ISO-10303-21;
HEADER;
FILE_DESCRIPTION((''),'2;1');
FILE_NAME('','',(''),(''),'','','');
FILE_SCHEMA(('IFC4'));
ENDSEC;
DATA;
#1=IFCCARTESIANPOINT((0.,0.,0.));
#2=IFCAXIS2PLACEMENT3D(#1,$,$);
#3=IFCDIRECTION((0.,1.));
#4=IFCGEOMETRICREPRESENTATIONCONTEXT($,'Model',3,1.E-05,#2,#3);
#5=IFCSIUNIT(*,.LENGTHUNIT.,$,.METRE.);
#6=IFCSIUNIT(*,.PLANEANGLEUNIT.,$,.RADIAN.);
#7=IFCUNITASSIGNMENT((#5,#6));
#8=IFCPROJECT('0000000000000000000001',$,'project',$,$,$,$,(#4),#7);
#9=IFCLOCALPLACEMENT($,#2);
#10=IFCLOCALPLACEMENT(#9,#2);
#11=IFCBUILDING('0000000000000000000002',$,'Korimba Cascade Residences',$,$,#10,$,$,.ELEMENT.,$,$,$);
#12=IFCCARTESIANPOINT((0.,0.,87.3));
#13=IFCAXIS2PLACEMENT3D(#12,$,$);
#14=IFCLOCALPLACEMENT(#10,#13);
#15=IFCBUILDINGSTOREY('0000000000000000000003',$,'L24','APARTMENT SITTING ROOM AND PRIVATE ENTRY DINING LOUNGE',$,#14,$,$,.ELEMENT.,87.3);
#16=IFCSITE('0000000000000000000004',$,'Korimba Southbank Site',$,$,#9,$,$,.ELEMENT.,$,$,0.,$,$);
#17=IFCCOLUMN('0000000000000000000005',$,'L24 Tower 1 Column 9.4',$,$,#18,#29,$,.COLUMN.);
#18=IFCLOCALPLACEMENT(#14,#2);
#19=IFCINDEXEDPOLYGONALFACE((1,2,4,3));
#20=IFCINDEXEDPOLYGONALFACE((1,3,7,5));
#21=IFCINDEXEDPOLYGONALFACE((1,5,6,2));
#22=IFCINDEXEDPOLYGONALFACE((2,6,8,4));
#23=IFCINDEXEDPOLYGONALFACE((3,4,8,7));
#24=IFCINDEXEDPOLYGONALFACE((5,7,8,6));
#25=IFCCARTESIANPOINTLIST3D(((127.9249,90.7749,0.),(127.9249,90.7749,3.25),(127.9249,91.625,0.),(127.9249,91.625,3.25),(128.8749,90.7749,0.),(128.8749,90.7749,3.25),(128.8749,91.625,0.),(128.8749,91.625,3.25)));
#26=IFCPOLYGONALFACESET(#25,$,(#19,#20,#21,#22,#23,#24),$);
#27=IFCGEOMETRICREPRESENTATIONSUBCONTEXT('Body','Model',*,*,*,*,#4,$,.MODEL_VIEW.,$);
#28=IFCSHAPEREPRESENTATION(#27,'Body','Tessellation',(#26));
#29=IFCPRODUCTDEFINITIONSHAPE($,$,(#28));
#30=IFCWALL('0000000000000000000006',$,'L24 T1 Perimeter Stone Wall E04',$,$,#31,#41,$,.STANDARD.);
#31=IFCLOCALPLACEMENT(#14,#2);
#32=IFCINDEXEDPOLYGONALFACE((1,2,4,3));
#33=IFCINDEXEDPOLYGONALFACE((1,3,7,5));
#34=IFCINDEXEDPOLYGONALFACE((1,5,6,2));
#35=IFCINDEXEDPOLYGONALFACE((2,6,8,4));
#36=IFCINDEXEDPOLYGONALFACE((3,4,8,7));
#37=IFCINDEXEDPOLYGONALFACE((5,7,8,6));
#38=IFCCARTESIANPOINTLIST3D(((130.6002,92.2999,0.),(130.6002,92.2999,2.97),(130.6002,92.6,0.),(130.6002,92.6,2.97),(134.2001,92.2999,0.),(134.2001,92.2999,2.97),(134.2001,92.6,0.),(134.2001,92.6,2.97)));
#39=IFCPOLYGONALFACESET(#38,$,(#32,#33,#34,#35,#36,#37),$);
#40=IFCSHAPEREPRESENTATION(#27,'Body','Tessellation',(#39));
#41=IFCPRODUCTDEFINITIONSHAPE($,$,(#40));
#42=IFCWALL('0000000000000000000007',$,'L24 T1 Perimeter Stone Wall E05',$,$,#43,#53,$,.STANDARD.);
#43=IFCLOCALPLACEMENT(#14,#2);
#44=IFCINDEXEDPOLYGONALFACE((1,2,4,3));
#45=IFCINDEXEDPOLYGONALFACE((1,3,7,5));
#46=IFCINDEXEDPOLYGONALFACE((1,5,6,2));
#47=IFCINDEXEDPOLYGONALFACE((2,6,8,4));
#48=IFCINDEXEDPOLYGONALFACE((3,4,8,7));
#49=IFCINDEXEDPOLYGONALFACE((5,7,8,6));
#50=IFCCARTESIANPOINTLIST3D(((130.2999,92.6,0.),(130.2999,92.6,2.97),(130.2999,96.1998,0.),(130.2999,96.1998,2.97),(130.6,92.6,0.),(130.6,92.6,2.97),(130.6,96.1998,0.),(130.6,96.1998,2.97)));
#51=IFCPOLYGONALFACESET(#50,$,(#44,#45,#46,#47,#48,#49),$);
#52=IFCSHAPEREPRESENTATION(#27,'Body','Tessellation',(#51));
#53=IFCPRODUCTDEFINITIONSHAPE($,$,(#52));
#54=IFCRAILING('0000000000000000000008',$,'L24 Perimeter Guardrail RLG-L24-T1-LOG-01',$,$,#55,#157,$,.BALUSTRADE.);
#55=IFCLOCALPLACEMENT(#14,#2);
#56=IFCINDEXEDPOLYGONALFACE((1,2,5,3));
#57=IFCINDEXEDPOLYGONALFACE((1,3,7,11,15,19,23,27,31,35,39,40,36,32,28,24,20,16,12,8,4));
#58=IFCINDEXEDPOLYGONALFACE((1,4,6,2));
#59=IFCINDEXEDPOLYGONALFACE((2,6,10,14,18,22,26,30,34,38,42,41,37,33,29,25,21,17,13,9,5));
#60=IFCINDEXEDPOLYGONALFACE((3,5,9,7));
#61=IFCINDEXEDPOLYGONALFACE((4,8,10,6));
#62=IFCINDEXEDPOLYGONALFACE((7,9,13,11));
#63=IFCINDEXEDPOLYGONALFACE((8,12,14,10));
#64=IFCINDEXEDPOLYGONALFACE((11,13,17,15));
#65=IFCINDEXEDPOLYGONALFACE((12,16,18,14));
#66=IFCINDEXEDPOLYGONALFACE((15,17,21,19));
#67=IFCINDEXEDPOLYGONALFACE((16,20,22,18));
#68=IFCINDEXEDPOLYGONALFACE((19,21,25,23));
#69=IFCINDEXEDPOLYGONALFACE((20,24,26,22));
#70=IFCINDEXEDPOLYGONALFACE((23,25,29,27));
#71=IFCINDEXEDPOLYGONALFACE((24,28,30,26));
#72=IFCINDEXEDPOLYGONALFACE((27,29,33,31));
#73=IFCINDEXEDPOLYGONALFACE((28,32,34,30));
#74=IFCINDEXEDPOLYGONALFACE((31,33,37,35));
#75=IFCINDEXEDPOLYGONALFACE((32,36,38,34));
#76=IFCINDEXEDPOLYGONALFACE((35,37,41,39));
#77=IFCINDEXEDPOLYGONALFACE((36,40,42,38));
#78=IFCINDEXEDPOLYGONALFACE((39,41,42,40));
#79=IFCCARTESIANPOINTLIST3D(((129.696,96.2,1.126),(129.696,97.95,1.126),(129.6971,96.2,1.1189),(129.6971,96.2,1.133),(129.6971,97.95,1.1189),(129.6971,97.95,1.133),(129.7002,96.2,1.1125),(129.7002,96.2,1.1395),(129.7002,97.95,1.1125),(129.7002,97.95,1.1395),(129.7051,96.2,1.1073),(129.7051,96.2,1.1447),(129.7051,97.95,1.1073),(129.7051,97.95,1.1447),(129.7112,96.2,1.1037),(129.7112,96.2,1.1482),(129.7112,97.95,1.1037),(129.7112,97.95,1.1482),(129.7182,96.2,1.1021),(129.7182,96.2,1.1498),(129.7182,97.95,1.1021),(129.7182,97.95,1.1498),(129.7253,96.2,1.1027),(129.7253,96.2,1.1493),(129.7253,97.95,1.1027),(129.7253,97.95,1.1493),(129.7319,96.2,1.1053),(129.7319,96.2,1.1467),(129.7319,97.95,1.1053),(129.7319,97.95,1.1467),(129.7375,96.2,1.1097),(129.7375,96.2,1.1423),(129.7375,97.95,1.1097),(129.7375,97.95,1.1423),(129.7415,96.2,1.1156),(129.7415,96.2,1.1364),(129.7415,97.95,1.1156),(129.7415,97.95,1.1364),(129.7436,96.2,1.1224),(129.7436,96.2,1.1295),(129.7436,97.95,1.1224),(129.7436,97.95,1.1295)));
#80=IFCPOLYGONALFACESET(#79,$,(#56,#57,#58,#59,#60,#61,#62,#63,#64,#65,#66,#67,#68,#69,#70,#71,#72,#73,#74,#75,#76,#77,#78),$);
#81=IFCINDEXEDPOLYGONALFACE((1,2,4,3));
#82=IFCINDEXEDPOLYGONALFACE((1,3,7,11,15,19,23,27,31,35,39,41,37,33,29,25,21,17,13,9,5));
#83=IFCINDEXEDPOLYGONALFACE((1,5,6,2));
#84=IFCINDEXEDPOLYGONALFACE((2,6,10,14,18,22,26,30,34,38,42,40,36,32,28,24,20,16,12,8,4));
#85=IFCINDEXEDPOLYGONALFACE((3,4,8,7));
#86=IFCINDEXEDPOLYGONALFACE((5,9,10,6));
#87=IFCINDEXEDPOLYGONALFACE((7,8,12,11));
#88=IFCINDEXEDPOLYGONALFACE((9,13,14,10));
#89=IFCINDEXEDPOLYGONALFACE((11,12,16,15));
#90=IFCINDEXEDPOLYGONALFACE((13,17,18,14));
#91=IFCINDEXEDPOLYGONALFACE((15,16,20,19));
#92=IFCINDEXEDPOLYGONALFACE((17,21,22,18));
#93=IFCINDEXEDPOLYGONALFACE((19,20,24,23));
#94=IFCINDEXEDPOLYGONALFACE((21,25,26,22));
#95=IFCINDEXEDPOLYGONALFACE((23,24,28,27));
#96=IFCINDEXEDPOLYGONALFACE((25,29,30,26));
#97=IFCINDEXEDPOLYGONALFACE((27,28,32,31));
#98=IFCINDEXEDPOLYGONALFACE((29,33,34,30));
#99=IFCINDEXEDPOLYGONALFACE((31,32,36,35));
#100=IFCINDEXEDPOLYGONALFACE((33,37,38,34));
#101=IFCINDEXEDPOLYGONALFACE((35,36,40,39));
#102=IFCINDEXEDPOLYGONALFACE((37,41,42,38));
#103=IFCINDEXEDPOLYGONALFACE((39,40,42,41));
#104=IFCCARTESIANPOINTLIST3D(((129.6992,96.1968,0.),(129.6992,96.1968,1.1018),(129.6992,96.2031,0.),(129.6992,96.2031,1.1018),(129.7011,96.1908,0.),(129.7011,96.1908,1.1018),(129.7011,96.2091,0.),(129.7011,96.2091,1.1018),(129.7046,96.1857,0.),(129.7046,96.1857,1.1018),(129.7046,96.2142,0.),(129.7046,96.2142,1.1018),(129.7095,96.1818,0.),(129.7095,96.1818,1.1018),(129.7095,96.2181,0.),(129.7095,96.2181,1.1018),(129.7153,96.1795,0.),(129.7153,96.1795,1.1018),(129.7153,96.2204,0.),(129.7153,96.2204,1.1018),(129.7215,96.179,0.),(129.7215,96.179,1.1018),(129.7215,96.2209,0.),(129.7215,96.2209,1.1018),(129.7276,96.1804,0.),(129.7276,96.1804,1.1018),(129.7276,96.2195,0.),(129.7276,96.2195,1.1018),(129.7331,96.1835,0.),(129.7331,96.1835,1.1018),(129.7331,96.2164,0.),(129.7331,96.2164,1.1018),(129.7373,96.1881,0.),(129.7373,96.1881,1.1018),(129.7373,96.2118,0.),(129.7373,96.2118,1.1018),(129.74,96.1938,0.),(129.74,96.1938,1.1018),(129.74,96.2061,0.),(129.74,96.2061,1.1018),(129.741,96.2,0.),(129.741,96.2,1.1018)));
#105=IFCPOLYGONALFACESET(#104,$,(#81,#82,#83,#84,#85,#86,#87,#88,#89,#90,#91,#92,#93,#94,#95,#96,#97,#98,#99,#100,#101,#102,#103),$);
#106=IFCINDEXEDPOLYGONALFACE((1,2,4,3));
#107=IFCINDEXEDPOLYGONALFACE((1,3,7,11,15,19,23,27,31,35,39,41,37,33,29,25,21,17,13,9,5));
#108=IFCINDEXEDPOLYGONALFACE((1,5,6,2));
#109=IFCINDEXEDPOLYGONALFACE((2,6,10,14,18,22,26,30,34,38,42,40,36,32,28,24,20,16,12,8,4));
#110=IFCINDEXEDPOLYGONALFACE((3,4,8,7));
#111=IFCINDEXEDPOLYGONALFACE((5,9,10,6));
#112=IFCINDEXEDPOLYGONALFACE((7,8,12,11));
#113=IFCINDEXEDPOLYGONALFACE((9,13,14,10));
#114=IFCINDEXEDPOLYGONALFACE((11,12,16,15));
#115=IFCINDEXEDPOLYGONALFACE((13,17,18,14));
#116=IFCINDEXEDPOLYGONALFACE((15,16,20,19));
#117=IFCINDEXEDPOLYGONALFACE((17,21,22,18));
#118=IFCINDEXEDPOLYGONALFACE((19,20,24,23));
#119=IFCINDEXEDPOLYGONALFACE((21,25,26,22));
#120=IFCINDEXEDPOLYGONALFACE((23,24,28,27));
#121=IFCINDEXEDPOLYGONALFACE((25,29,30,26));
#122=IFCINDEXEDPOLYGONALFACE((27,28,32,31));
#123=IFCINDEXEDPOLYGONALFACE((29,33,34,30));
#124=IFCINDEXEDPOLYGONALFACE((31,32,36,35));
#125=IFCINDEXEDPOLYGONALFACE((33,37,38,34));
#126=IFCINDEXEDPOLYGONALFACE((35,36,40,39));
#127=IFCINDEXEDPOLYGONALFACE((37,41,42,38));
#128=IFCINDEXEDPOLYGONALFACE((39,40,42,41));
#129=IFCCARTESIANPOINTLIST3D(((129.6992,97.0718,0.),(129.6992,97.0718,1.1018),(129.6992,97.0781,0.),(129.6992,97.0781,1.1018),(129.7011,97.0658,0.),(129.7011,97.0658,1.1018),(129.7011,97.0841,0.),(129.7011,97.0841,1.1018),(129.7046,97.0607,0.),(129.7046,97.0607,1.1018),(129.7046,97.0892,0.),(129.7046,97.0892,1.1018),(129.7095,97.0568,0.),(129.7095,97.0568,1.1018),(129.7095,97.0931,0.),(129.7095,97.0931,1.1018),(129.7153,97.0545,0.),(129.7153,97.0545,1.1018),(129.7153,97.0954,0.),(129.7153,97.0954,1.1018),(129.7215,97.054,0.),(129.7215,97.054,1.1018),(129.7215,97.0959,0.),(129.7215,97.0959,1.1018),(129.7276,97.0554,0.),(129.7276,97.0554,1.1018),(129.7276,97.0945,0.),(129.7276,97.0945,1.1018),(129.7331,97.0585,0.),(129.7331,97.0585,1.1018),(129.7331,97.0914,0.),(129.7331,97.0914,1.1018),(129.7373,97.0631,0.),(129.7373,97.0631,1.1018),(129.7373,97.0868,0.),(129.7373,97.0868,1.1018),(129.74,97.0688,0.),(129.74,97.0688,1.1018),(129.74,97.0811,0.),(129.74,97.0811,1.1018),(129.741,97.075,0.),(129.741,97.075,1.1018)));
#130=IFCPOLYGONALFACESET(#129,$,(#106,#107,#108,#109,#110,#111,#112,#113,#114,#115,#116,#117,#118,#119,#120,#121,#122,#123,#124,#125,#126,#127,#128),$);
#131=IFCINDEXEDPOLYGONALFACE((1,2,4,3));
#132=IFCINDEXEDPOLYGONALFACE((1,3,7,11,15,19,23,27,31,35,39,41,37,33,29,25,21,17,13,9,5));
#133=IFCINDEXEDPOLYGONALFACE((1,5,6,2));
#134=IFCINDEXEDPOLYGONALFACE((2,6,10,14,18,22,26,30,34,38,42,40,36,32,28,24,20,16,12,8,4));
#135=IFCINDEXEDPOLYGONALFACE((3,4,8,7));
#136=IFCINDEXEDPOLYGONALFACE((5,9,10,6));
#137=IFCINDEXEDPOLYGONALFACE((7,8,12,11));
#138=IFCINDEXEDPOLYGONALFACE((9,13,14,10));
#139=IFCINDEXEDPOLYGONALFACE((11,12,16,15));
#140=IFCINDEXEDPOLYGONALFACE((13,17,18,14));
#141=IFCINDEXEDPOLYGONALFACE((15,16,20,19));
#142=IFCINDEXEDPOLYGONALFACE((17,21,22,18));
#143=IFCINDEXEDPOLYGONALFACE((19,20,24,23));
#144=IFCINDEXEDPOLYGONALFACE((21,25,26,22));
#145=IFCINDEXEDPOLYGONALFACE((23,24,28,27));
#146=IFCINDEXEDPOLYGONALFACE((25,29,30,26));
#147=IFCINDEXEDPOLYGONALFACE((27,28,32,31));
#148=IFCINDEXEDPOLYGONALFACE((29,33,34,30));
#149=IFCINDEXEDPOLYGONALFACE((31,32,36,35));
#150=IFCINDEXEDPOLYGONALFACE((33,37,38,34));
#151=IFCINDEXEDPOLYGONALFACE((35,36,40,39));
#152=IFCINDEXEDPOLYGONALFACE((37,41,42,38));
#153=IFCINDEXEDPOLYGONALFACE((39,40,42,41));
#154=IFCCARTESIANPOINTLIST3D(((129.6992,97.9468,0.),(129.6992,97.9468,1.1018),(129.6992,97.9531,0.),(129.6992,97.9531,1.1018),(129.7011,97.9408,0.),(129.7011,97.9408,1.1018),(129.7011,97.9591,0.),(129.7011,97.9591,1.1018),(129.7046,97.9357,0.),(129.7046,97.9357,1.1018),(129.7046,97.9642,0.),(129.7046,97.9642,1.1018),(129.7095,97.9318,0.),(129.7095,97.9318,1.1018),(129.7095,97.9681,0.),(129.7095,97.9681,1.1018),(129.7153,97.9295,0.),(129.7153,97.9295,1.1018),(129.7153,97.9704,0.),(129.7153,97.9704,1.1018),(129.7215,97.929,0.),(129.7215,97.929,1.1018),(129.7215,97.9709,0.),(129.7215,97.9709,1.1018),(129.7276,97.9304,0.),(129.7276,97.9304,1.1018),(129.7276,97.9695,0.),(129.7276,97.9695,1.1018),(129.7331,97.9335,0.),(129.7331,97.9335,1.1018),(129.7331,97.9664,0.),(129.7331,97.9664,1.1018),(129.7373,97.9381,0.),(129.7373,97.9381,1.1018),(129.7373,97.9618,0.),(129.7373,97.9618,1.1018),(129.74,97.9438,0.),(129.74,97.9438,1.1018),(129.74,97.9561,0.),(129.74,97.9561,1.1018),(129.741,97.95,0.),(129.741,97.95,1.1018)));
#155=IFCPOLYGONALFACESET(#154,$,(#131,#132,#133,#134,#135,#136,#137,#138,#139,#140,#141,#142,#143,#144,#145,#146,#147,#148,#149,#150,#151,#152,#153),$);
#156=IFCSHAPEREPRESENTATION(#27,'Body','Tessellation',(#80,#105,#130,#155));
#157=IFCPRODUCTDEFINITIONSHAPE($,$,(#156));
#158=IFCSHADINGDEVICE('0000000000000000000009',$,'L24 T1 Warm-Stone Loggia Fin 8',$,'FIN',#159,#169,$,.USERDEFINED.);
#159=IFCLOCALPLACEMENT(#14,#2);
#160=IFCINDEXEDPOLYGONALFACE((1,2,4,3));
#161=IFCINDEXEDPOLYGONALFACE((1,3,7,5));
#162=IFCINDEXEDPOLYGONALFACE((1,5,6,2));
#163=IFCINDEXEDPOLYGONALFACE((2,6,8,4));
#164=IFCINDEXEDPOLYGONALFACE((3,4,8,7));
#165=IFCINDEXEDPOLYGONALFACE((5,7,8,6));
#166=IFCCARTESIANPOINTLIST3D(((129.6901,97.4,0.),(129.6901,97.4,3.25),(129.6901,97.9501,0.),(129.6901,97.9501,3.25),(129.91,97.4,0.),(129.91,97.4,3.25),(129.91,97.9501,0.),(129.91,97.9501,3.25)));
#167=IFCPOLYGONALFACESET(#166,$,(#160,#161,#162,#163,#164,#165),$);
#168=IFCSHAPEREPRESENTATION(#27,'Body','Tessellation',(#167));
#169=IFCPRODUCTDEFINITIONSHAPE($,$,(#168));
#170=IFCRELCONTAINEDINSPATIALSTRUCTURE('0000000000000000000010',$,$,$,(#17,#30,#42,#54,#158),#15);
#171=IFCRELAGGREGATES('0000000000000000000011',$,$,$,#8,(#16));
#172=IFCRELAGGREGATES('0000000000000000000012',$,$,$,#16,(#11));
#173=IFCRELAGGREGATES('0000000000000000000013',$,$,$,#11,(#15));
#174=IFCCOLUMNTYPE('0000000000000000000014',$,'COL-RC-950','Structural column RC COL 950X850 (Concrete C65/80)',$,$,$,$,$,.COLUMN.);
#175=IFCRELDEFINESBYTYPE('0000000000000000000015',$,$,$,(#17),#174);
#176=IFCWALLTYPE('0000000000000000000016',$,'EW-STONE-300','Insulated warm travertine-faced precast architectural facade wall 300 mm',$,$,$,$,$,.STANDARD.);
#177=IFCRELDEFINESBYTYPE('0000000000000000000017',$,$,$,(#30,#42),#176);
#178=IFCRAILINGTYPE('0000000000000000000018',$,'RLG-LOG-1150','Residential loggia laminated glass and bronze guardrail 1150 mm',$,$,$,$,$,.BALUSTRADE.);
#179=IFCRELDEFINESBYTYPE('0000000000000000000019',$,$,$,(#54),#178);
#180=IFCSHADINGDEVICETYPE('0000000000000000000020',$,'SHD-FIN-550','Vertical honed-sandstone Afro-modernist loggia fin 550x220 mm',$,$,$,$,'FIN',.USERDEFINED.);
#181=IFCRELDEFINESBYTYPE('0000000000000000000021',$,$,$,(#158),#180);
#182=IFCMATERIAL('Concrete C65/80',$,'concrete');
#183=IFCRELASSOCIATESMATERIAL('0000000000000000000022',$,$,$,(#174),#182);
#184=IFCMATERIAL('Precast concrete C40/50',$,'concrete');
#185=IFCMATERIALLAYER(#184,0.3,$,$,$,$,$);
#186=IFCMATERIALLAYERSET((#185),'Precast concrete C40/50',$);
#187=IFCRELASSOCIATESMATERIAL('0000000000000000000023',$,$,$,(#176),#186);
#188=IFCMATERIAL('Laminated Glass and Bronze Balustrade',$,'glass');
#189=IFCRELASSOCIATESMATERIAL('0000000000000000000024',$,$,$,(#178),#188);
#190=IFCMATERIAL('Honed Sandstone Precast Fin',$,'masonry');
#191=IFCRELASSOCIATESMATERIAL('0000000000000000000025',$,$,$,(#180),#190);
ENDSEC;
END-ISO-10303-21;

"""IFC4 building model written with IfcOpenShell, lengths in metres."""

from ifc_helpers import new_model, si_unit, direction, frame, frame_2d, origin, origin_2d, place, context, subcontext, project, spatial, rectangle, circle, extrude, material, layer, layer_set, material_profile, profile_set, type_object, element, save


model = new_model("IFC4")

# Units and contexts
model_context = context("Model", 3, precision=1e-05, world=origin(), true_north=direction((0.0, 1.0)))
body_context = subcontext(model_context, "Body", "Model", "MODEL_VIEW")
ifc_project = project(units=[si_unit("LENGTHUNIT", "METRE"), si_unit("PLANEANGLEUNIT", "RADIAN")], contexts=[model_context])

# Site, building, storey
site_placement = place(None, origin())
site = spatial("IfcSite", under=ifc_project, at=site_placement, Name="Korimba Southbank Site", CompositionType="ELEMENT", RefElevation=0.0)
building_placement = place(site_placement, origin())
building = spatial("IfcBuilding", under=site, at=building_placement, Name="Korimba Cascade Residences", CompositionType="ELEMENT")
storey_placement = place(building_placement, frame((0.0, 0.0, 87.3)))
storey = spatial("IfcBuildingStorey", under=building, at=storey_placement, Name="L24", Description="APARTMENT SITTING ROOM AND PRIVATE ENTRY DINING LOUNGE", CompositionType="ELEMENT", Elevation=87.3)

# Column
ifc_material_1 = material(Name="Concrete C65/80", Category="concrete")
ifc_material_profile = material_profile(ifc_material_1, rectangle(XDim=0.95, YDim=0.8501, at=origin_2d()), Name="Concrete C65/80")
ifc_profile_set = profile_set([ifc_material_profile], Name="Concrete C65/80")
column_type = type_object("IfcColumnType", Name="COL-RC-950", Description="Structural column RC COL 950X850 (Concrete C65/80)", PredefinedType="COLUMN", material=ifc_profile_set)
column_placement = place(storey_placement, frame((128.3999, 91.2, 0.0), z_axis=(0.0, 0.0, 1.0), x_axis=(1.0, 0.0, 0.0)))
element("IfcColumn", 1, at=column_placement, inside=storey, type_object=column_type, Name="L24 Tower 1 Column 9.4", PredefinedType="COLUMN", context=body_context, shape_type="SweptSolid", body=[
    extrude(rectangle(XDim=0.95, YDim=0.8501, at=origin_2d()), origin(), (0.0, 0.0, 1.0), 3.25),
])

# Shared definitions
ifc_material_2 = material(Name="Precast concrete C40/50", Category="concrete")

# Walls
ifc_layer_1 = layer(ifc_material_2, 0.3)
ifc_layer_set_1 = layer_set([ifc_layer_1], Name="Precast concrete C40/50")
wall_type_1 = type_object("IfcWallType", Name="EW-STONE-300", Description="Insulated warm travertine-faced precast architectural facade wall 300 mm", PredefinedType="STANDARD", material=ifc_layer_set_1)
for number, where, z_axis, x_axis, name in (
    (2, (134.2, 92.45, 0.0), (0.0, 0.0, 1.0), (-1.0, 0.0, 0.0), "L24 T1 Perimeter Stone Wall E04"),
    (3, (130.45, 92.6001, 0.0), (0.0, 0.0, 1.0), (0.0, 1.0, 0.0), "L24 T1 Perimeter Stone Wall E05"),
):
    element("IfcWall", number, at=place(storey_placement, frame(where, z_axis=z_axis, x_axis=x_axis)), inside=storey, type_object=wall_type_1, Name=name, PredefinedType="STANDARD", context=body_context, shape_type="SweptSolid", body=[
        extrude(rectangle(XDim=3.5999, YDim=0.3, at=frame_2d((1.7998, 0.0))), origin(), (0.0, 0.0, 1.0), 2.97),
    ])

# Railing
ifc_material_3 = material(Name="Laminated Glass and Bronze Balustrade", Category="glass")
railing_type = type_object("IfcRailingType", Name="RLG-LOG-1150", Description="Residential loggia laminated glass and bronze guardrail 1150 mm", PredefinedType="BALUSTRADE", material=ifc_material_3)
railing_1_placement = place(storey_placement, frame((129.72, 96.2, 0.0)))
element("IfcRailing", 4, at=railing_1_placement, inside=storey, type_object=railing_type, Name="L24 Perimeter Guardrail RLG-L24-T1-LOG-01", PredefinedType="BALUSTRADE", context=body_context, shape_type="SweptSolid", body=[
    extrude(circle(Radius=0.0239, at=origin_2d()), frame((0.0, 0.0, 1.126), z_axis=(0.0, 1.0, 0.0), x_axis=(-1.0, 0.0, 0.0)), (0.0, 0.0, 1.0), 1.75),
    extrude(circle(Radius=0.021, at=origin_2d()), origin(), (0.0, 0.0, 1.0), 1.1018),
    extrude(circle(Radius=0.021, at=origin_2d()), frame((0.0, 0.875, 0.0)), (0.0, 0.0, 1.0), 1.1018),
    extrude(circle(Radius=0.021, at=origin_2d()), frame((0.0, 1.75, 0.0)), (0.0, 0.0, 1.0), 1.1018),
])

# Shading device
ifc_material_4 = material(Name="Honed Sandstone Precast Fin", Category="masonry")
shading_device_type = type_object("IfcShadingDeviceType", Name="SHD-FIN-550", Description="Vertical honed-sandstone Afro-modernist loggia fin 550x220 mm", ElementType="FIN", PredefinedType="USERDEFINED", material=ifc_material_4)
shading_device_placement = place(storey_placement, frame((129.8, 97.675, 0.0), z_axis=(0.0, 0.0, 1.0), x_axis=(1.0, 0.0, 0.0)))
element("IfcShadingDevice", 5, at=shading_device_placement, inside=storey, type_object=shading_device_type, Name="L24 T1 Warm-Stone Loggia Fin 8", ObjectType="FIN", PredefinedType="USERDEFINED", context=body_context, shape_type="SweptSolid", body=[
    extrude(rectangle(XDim=0.22, YDim=0.55, at=origin_2d()), origin(), (0.0, 0.0, 1.0), 3.25),
])

save(model, "model.ifc")
